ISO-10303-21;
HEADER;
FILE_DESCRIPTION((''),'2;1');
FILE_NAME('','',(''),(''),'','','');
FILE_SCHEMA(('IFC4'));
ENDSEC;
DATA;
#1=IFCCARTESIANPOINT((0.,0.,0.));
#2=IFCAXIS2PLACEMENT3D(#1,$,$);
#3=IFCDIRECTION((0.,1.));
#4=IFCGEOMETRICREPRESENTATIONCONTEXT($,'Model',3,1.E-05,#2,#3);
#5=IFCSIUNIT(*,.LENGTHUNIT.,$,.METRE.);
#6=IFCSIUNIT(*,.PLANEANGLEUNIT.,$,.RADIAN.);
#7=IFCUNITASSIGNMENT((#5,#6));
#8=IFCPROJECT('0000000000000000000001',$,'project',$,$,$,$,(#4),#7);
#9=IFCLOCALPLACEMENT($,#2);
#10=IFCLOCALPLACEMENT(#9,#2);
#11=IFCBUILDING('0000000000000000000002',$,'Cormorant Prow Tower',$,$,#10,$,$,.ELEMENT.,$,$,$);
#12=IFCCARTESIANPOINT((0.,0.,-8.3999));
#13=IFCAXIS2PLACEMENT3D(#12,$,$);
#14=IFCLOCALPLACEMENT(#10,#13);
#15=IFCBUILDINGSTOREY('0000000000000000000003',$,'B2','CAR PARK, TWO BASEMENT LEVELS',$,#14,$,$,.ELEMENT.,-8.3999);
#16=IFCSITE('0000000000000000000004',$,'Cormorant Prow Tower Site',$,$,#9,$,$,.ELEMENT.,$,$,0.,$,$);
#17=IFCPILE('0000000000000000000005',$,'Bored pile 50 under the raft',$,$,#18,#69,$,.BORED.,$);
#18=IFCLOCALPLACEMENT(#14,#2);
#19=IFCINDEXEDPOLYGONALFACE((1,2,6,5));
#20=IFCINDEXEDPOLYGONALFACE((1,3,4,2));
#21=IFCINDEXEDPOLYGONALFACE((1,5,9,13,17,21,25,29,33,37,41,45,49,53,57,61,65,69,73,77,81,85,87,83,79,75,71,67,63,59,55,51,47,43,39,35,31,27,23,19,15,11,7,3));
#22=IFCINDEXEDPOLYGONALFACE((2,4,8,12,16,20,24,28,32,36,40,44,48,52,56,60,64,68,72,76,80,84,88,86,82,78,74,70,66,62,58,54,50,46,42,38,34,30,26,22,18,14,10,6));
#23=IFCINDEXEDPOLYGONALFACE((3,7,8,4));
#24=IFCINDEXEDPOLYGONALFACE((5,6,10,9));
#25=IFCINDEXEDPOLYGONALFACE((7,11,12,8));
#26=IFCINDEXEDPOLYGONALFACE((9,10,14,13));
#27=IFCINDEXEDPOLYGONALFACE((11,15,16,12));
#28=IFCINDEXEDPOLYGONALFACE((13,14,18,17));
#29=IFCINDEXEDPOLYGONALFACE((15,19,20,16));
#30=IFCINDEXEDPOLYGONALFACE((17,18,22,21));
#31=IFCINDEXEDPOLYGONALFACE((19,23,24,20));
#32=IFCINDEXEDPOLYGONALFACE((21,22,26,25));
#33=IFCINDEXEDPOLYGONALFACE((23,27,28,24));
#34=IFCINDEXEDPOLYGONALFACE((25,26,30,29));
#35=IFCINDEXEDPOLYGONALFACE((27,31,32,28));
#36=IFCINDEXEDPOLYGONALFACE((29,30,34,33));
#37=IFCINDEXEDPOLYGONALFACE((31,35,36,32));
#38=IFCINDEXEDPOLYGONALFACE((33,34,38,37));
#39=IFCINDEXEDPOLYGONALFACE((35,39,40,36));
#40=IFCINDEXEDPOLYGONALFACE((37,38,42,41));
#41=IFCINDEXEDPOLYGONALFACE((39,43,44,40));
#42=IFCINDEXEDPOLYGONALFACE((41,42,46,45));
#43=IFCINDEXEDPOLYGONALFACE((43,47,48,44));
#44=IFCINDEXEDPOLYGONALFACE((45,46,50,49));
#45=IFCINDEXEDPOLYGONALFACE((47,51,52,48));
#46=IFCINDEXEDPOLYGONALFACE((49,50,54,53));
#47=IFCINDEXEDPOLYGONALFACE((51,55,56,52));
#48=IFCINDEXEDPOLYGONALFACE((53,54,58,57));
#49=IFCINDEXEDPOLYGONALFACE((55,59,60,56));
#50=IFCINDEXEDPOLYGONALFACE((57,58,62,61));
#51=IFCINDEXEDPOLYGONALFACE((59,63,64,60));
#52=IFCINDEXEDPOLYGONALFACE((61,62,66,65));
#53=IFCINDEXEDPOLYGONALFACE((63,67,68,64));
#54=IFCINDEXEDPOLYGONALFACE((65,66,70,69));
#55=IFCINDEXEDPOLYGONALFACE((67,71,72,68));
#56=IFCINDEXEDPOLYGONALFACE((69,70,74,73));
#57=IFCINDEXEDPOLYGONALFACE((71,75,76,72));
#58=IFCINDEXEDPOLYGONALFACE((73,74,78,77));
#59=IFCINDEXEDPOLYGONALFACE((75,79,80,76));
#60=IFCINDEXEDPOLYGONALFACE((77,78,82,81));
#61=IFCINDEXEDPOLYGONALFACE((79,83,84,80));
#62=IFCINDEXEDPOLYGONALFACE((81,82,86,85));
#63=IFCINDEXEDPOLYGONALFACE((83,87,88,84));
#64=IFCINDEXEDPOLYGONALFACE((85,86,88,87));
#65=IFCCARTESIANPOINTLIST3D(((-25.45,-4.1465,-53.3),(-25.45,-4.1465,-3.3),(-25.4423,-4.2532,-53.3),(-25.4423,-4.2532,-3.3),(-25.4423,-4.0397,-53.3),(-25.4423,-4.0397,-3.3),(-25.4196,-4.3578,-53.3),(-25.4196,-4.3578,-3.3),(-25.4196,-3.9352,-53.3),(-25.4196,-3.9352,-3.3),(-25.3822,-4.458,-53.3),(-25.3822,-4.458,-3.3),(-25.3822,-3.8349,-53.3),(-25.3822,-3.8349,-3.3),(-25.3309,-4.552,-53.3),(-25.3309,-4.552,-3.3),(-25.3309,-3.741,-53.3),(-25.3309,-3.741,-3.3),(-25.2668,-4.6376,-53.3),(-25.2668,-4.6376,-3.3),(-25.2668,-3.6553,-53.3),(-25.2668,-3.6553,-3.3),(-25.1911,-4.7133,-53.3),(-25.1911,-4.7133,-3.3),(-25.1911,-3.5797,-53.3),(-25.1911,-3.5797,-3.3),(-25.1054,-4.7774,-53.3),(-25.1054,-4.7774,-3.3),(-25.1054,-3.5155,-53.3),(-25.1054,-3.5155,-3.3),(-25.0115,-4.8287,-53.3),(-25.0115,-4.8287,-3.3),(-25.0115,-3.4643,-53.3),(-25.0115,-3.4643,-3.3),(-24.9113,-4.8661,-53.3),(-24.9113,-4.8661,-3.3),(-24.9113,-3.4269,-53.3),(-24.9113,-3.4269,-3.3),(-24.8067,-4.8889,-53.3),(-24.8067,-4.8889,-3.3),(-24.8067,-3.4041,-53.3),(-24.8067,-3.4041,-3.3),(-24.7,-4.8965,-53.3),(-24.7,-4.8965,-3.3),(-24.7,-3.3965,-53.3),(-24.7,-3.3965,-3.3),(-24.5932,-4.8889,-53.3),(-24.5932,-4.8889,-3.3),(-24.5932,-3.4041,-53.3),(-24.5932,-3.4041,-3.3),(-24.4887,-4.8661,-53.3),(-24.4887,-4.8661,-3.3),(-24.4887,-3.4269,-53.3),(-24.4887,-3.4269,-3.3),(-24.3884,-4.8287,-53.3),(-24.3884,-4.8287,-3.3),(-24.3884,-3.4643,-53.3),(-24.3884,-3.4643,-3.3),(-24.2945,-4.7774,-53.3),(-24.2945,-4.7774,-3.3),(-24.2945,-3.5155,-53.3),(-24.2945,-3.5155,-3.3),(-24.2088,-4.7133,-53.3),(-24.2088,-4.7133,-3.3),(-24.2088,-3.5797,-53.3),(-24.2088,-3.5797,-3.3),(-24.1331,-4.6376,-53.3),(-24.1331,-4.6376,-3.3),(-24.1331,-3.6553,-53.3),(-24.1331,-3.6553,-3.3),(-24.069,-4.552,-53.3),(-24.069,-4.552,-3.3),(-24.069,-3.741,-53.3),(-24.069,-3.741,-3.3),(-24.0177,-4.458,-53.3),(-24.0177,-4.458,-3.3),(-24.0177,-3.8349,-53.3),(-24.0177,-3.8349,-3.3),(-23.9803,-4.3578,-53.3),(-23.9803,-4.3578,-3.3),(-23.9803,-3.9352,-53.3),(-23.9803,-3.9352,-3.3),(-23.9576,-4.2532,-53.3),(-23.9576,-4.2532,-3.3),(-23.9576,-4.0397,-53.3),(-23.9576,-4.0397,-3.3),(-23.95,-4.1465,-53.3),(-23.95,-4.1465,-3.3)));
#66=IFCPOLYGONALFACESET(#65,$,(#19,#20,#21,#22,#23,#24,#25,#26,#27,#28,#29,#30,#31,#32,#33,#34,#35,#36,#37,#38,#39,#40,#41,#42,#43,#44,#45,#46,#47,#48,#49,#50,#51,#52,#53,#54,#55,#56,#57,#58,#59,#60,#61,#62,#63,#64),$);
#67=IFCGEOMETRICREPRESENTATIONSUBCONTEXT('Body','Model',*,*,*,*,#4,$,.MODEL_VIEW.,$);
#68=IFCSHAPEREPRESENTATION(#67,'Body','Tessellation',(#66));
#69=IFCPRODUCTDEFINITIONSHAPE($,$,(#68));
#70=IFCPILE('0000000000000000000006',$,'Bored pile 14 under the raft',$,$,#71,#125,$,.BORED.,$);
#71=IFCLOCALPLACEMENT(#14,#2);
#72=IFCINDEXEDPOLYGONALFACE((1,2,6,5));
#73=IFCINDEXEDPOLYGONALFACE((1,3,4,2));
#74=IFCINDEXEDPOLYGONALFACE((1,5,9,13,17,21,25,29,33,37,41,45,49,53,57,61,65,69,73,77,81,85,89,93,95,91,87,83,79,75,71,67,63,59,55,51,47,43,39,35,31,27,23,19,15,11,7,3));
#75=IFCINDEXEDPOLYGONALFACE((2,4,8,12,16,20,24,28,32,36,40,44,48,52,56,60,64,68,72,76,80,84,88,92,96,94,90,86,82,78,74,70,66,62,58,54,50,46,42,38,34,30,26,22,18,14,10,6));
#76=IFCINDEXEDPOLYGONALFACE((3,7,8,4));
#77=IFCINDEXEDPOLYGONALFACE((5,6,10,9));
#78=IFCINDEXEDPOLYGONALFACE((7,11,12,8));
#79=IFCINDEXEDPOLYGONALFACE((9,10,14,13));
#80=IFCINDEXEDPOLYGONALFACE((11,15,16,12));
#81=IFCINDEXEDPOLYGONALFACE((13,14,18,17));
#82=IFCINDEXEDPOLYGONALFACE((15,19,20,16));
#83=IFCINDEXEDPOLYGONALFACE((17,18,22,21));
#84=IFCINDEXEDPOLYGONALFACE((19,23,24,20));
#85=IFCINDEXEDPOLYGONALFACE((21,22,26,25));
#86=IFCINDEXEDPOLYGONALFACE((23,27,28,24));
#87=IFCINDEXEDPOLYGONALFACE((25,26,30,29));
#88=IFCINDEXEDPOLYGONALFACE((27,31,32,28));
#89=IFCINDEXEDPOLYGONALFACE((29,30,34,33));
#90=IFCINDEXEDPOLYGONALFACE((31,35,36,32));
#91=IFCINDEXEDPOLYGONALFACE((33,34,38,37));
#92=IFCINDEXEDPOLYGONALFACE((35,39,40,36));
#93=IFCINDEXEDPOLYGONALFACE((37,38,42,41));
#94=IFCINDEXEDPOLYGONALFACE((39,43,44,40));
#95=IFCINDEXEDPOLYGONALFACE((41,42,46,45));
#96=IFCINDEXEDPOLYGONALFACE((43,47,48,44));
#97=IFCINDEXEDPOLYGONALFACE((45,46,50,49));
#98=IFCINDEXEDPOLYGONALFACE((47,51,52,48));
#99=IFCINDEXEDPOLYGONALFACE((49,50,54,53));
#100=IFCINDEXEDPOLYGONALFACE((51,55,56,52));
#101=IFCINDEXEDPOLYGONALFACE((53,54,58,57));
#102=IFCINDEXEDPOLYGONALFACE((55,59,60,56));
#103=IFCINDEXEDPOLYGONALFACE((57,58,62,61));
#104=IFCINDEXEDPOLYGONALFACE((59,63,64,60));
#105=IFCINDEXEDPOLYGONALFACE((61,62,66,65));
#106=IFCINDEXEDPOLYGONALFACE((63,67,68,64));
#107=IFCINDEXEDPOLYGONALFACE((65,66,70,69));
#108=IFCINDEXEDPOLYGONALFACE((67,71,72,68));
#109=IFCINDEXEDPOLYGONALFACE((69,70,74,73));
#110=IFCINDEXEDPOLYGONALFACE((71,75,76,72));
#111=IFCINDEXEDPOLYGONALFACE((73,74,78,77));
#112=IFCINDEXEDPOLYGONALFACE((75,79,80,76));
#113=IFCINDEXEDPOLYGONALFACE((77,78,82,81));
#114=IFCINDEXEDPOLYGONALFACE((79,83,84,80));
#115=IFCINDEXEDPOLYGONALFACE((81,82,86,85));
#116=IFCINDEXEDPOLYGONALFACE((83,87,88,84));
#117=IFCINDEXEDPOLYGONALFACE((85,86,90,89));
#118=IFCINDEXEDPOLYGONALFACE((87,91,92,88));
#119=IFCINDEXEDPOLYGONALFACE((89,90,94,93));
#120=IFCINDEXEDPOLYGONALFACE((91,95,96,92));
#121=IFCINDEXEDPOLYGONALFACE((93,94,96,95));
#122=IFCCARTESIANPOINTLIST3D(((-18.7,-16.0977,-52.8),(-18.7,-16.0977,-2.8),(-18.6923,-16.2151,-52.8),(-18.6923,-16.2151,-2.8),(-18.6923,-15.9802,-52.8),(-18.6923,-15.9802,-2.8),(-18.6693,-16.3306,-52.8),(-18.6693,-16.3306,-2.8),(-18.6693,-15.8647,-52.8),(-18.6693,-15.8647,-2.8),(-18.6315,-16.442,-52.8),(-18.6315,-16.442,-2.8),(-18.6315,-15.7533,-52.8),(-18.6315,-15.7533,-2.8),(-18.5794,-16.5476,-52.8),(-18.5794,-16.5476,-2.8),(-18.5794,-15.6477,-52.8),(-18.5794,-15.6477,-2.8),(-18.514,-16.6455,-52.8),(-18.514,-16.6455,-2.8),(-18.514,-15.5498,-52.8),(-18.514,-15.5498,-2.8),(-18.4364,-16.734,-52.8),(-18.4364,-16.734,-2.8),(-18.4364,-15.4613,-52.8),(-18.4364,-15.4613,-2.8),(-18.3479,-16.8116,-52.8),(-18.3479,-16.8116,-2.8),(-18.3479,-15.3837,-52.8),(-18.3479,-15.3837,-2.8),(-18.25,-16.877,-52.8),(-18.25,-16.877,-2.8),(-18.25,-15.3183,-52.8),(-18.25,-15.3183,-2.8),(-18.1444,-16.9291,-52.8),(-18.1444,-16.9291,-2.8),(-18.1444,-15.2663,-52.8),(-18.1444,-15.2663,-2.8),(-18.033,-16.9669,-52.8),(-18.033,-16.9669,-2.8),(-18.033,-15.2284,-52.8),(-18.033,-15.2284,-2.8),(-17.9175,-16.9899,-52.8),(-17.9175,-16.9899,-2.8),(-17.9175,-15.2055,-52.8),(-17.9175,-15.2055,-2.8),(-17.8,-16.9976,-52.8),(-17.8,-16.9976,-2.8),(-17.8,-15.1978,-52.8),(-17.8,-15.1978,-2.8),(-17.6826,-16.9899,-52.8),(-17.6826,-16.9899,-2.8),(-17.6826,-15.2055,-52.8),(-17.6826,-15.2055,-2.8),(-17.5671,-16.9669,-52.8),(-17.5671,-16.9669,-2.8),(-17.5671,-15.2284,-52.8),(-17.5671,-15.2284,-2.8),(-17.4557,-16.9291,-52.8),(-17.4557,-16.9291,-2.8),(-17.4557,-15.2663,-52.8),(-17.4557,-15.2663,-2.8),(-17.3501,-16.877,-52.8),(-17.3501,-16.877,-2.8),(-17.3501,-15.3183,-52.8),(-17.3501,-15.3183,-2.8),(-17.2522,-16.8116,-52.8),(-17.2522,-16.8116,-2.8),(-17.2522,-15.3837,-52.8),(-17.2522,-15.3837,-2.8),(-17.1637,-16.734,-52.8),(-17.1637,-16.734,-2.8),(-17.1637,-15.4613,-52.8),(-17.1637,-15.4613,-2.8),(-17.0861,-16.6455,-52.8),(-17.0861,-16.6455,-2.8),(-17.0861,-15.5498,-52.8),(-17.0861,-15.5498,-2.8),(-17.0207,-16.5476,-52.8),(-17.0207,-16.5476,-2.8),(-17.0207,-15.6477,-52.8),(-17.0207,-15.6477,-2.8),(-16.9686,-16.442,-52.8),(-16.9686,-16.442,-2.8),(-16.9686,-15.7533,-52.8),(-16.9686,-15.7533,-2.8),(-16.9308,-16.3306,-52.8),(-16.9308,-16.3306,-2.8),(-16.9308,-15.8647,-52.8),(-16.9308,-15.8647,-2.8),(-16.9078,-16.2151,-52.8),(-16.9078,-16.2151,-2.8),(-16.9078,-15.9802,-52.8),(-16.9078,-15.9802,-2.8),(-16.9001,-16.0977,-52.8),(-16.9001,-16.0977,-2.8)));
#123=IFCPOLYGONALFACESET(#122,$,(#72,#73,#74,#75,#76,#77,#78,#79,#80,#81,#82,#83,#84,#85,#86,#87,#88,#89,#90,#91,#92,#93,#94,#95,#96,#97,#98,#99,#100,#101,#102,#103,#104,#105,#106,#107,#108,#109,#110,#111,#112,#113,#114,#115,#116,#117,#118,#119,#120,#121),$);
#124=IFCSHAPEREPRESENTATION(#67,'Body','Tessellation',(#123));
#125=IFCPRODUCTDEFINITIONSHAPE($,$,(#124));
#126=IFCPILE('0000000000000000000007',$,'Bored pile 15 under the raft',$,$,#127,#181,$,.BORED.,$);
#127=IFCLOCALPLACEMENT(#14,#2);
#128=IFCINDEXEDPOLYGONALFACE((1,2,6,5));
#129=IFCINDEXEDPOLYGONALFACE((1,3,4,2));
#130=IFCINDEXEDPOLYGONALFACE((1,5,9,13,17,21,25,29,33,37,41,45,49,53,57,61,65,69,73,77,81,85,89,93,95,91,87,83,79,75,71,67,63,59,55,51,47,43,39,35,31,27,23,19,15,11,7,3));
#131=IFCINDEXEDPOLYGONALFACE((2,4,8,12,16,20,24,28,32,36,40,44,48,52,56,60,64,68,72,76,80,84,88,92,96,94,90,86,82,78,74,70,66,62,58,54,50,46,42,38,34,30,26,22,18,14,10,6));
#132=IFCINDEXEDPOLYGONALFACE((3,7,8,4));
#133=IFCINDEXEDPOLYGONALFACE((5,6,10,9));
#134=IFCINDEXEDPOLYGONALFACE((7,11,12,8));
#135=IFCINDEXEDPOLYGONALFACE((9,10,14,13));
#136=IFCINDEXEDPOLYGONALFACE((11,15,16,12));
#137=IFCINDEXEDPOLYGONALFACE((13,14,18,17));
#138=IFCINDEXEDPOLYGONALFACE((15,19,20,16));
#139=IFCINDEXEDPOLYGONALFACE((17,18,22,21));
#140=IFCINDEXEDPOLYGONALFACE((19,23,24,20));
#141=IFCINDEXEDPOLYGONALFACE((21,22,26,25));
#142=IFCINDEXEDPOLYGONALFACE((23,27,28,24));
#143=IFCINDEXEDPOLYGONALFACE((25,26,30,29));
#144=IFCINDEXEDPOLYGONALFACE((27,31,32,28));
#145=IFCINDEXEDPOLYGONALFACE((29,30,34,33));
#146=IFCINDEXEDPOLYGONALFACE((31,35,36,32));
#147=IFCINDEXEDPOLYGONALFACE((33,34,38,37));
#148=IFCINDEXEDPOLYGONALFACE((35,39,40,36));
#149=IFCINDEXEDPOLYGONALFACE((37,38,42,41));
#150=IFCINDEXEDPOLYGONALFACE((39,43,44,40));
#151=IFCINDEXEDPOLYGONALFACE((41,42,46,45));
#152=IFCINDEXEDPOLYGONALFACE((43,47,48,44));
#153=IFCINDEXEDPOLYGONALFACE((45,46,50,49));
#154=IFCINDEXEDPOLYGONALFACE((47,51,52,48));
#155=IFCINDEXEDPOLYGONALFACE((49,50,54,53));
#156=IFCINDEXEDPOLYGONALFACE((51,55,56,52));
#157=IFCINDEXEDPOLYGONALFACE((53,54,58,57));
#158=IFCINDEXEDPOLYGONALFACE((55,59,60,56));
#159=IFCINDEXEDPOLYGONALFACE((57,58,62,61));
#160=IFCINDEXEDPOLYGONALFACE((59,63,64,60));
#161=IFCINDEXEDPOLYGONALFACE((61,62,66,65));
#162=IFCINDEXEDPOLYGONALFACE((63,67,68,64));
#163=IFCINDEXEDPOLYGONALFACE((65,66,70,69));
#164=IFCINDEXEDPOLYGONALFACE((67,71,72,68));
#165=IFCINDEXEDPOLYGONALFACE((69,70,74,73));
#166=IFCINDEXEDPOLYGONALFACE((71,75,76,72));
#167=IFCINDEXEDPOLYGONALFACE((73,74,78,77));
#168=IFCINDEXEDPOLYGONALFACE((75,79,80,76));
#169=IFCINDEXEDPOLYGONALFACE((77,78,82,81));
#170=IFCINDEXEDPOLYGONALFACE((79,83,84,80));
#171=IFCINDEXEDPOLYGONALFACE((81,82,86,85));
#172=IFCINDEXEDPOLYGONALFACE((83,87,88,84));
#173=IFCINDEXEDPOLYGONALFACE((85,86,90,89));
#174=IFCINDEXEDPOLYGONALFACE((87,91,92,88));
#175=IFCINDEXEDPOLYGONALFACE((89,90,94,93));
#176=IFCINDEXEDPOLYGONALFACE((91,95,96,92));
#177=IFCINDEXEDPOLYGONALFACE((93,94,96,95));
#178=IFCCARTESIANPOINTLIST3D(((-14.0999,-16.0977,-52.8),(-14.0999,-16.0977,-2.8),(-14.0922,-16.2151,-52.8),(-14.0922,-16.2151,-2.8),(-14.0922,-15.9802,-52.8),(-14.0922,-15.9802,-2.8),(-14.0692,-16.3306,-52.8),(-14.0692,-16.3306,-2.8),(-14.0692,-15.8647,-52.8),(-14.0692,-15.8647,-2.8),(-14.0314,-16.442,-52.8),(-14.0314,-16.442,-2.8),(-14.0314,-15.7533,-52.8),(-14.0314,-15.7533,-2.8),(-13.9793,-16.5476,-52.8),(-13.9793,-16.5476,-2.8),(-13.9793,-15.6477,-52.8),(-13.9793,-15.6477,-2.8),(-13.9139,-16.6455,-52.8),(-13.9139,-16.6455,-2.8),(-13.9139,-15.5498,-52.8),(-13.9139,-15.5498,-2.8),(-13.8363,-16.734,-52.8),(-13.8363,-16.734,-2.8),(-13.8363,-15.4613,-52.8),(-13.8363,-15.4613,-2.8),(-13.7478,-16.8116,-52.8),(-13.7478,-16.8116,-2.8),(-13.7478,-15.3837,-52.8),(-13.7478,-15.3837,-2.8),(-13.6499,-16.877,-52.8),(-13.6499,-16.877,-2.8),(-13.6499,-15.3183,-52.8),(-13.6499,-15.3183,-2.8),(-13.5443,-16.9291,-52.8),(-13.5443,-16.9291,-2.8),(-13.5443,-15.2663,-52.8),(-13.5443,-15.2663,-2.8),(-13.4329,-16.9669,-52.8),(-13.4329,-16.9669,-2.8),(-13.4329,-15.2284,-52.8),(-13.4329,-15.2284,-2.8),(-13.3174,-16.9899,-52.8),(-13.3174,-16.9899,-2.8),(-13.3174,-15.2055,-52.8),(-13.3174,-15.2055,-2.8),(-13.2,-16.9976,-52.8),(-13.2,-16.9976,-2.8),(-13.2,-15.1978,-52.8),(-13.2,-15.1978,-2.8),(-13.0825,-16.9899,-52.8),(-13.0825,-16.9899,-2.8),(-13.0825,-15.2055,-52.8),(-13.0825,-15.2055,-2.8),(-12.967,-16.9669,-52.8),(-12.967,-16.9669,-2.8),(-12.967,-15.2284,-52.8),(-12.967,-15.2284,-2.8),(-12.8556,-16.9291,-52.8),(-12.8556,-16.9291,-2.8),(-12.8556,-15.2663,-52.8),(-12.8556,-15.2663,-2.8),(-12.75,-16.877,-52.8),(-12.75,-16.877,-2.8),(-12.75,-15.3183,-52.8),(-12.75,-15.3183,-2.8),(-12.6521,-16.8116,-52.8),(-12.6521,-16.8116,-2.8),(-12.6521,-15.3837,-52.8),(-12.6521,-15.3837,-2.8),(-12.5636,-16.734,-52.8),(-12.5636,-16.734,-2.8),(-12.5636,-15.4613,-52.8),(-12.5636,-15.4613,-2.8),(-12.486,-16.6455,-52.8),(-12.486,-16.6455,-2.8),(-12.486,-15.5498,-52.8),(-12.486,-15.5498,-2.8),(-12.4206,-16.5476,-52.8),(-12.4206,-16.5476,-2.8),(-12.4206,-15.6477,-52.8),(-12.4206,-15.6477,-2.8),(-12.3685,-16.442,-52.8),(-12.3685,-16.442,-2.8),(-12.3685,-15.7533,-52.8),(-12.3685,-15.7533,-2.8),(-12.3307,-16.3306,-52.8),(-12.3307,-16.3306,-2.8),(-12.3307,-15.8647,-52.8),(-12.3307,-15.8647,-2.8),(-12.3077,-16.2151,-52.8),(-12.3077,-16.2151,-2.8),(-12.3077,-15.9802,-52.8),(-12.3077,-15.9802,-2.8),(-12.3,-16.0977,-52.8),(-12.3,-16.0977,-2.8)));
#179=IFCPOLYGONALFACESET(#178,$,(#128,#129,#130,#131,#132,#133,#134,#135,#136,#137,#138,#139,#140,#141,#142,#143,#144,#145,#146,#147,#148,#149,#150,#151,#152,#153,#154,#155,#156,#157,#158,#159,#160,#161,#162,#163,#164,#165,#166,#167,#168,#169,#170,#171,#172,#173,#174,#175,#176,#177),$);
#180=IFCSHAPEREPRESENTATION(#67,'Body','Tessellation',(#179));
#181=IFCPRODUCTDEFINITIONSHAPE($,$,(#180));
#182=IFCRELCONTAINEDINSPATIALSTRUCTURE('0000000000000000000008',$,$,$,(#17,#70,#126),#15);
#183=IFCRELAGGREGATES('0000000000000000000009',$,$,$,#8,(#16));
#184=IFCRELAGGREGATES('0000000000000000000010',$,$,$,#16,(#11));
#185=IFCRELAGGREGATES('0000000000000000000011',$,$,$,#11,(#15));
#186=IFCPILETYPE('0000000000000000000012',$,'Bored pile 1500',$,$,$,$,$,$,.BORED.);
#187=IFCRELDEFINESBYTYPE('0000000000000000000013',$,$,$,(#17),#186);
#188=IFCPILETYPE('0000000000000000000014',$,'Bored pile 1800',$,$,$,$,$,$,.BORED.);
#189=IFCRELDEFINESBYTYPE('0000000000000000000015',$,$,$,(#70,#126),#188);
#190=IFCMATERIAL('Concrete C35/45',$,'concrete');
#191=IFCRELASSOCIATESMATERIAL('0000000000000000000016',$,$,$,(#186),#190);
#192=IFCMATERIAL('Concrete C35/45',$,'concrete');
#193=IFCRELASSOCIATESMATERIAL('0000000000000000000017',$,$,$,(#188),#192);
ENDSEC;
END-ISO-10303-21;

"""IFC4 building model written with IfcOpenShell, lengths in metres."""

from ifc_helpers import new_model, si_unit, direction, frame, origin, origin_2d, place, context, subcontext, project, spatial, circle, extrude, material, material_profile, profile_set, type_object, element, save


model = new_model("IFC4")

# Units and contexts
model_context = context("Model", 3, precision=1e-05, world=origin(), true_north=direction((0.0, 1.0)))
body_context = subcontext(model_context, "Body", "Model", "MODEL_VIEW")
ifc_project = project(units=[si_unit("LENGTHUNIT", "METRE"), si_unit("PLANEANGLEUNIT", "RADIAN")], contexts=[model_context])

# Site, building, storey
site_placement = place(None, origin())
site = spatial("IfcSite", under=ifc_project, at=site_placement, Name="Cormorant Prow Tower Site", CompositionType="ELEMENT", RefElevation=0.0)
building_placement = place(site_placement, origin())
building = spatial("IfcBuilding", under=site, at=building_placement, Name="Cormorant Prow Tower", CompositionType="ELEMENT")
storey_placement = place(building_placement, frame((0.0, 0.0, -8.3999)))
storey = spatial("IfcBuildingStorey", under=building, at=storey_placement, Name="B2", Description="CAR PARK, TWO BASEMENT LEVELS", CompositionType="ELEMENT", Elevation=-8.3999)

# Piles
ifc_material_1 = material(Name="Concrete C35/45", Category="concrete")
ifc_material_profile_1 = material_profile(ifc_material_1, circle(Radius=0.75, at=origin_2d()), Name="Round 1500")
ifc_profile_set_1 = profile_set([ifc_material_profile_1], Name="Concrete C35/45")
pile_type_1 = type_object("IfcPileType", Name="Bored pile 1500", PredefinedType="BORED", material=ifc_profile_set_1)
for number, where, z_axis, x_axis, name in (
    (1, (-24.7, -4.1465, -3.3), (0.0, 0.0, -1.0), (1.0, 0.0, 0.0), "Bored pile 50 under the raft"),
):
    element("IfcPile", number, at=place(storey_placement, frame(where, z_axis=z_axis, x_axis=x_axis)), inside=storey, type_object=pile_type_1, Name=name, PredefinedType="BORED", context=body_context, shape_type="SweptSolid", body=[
        extrude(circle(Radius=0.75, at=origin_2d()), origin(), (0.0, 0.0, 1.0), 50.0),
    ])
ifc_material_2 = material(Name="Concrete C35/45", Category="concrete")
ifc_material_profile_2 = material_profile(ifc_material_2, circle(Radius=0.8999, at=origin_2d()), Name="Round 1800")
ifc_profile_set_2 = profile_set([ifc_material_profile_2], Name="Concrete C35/45")
pile_type_2 = type_object("IfcPileType", Name="Bored pile 1800", PredefinedType="BORED", material=ifc_profile_set_2)
for number, where, z_axis, x_axis, name in (
    (2, (-17.8, -16.0977, -2.8), (0.0, 0.0, -1.0), (1.0, 0.0, 0.0), "Bored pile 14 under the raft"),
    (3, (-13.2, -16.0977, -2.8), (0.0, 0.0, -1.0), (1.0, 0.0, 0.0), "Bored pile 15 under the raft"),
):
    element("IfcPile", number, at=place(storey_placement, frame(where, z_axis=z_axis, x_axis=x_axis)), inside=storey, type_object=pile_type_2, Name=name, PredefinedType="BORED", context=body_context, shape_type="SweptSolid", body=[
        extrude(circle(Radius=0.8999, at=origin_2d()), origin(), (0.0, 0.0, 1.0), 50.0),
    ])

save(model, "model.ifc")
